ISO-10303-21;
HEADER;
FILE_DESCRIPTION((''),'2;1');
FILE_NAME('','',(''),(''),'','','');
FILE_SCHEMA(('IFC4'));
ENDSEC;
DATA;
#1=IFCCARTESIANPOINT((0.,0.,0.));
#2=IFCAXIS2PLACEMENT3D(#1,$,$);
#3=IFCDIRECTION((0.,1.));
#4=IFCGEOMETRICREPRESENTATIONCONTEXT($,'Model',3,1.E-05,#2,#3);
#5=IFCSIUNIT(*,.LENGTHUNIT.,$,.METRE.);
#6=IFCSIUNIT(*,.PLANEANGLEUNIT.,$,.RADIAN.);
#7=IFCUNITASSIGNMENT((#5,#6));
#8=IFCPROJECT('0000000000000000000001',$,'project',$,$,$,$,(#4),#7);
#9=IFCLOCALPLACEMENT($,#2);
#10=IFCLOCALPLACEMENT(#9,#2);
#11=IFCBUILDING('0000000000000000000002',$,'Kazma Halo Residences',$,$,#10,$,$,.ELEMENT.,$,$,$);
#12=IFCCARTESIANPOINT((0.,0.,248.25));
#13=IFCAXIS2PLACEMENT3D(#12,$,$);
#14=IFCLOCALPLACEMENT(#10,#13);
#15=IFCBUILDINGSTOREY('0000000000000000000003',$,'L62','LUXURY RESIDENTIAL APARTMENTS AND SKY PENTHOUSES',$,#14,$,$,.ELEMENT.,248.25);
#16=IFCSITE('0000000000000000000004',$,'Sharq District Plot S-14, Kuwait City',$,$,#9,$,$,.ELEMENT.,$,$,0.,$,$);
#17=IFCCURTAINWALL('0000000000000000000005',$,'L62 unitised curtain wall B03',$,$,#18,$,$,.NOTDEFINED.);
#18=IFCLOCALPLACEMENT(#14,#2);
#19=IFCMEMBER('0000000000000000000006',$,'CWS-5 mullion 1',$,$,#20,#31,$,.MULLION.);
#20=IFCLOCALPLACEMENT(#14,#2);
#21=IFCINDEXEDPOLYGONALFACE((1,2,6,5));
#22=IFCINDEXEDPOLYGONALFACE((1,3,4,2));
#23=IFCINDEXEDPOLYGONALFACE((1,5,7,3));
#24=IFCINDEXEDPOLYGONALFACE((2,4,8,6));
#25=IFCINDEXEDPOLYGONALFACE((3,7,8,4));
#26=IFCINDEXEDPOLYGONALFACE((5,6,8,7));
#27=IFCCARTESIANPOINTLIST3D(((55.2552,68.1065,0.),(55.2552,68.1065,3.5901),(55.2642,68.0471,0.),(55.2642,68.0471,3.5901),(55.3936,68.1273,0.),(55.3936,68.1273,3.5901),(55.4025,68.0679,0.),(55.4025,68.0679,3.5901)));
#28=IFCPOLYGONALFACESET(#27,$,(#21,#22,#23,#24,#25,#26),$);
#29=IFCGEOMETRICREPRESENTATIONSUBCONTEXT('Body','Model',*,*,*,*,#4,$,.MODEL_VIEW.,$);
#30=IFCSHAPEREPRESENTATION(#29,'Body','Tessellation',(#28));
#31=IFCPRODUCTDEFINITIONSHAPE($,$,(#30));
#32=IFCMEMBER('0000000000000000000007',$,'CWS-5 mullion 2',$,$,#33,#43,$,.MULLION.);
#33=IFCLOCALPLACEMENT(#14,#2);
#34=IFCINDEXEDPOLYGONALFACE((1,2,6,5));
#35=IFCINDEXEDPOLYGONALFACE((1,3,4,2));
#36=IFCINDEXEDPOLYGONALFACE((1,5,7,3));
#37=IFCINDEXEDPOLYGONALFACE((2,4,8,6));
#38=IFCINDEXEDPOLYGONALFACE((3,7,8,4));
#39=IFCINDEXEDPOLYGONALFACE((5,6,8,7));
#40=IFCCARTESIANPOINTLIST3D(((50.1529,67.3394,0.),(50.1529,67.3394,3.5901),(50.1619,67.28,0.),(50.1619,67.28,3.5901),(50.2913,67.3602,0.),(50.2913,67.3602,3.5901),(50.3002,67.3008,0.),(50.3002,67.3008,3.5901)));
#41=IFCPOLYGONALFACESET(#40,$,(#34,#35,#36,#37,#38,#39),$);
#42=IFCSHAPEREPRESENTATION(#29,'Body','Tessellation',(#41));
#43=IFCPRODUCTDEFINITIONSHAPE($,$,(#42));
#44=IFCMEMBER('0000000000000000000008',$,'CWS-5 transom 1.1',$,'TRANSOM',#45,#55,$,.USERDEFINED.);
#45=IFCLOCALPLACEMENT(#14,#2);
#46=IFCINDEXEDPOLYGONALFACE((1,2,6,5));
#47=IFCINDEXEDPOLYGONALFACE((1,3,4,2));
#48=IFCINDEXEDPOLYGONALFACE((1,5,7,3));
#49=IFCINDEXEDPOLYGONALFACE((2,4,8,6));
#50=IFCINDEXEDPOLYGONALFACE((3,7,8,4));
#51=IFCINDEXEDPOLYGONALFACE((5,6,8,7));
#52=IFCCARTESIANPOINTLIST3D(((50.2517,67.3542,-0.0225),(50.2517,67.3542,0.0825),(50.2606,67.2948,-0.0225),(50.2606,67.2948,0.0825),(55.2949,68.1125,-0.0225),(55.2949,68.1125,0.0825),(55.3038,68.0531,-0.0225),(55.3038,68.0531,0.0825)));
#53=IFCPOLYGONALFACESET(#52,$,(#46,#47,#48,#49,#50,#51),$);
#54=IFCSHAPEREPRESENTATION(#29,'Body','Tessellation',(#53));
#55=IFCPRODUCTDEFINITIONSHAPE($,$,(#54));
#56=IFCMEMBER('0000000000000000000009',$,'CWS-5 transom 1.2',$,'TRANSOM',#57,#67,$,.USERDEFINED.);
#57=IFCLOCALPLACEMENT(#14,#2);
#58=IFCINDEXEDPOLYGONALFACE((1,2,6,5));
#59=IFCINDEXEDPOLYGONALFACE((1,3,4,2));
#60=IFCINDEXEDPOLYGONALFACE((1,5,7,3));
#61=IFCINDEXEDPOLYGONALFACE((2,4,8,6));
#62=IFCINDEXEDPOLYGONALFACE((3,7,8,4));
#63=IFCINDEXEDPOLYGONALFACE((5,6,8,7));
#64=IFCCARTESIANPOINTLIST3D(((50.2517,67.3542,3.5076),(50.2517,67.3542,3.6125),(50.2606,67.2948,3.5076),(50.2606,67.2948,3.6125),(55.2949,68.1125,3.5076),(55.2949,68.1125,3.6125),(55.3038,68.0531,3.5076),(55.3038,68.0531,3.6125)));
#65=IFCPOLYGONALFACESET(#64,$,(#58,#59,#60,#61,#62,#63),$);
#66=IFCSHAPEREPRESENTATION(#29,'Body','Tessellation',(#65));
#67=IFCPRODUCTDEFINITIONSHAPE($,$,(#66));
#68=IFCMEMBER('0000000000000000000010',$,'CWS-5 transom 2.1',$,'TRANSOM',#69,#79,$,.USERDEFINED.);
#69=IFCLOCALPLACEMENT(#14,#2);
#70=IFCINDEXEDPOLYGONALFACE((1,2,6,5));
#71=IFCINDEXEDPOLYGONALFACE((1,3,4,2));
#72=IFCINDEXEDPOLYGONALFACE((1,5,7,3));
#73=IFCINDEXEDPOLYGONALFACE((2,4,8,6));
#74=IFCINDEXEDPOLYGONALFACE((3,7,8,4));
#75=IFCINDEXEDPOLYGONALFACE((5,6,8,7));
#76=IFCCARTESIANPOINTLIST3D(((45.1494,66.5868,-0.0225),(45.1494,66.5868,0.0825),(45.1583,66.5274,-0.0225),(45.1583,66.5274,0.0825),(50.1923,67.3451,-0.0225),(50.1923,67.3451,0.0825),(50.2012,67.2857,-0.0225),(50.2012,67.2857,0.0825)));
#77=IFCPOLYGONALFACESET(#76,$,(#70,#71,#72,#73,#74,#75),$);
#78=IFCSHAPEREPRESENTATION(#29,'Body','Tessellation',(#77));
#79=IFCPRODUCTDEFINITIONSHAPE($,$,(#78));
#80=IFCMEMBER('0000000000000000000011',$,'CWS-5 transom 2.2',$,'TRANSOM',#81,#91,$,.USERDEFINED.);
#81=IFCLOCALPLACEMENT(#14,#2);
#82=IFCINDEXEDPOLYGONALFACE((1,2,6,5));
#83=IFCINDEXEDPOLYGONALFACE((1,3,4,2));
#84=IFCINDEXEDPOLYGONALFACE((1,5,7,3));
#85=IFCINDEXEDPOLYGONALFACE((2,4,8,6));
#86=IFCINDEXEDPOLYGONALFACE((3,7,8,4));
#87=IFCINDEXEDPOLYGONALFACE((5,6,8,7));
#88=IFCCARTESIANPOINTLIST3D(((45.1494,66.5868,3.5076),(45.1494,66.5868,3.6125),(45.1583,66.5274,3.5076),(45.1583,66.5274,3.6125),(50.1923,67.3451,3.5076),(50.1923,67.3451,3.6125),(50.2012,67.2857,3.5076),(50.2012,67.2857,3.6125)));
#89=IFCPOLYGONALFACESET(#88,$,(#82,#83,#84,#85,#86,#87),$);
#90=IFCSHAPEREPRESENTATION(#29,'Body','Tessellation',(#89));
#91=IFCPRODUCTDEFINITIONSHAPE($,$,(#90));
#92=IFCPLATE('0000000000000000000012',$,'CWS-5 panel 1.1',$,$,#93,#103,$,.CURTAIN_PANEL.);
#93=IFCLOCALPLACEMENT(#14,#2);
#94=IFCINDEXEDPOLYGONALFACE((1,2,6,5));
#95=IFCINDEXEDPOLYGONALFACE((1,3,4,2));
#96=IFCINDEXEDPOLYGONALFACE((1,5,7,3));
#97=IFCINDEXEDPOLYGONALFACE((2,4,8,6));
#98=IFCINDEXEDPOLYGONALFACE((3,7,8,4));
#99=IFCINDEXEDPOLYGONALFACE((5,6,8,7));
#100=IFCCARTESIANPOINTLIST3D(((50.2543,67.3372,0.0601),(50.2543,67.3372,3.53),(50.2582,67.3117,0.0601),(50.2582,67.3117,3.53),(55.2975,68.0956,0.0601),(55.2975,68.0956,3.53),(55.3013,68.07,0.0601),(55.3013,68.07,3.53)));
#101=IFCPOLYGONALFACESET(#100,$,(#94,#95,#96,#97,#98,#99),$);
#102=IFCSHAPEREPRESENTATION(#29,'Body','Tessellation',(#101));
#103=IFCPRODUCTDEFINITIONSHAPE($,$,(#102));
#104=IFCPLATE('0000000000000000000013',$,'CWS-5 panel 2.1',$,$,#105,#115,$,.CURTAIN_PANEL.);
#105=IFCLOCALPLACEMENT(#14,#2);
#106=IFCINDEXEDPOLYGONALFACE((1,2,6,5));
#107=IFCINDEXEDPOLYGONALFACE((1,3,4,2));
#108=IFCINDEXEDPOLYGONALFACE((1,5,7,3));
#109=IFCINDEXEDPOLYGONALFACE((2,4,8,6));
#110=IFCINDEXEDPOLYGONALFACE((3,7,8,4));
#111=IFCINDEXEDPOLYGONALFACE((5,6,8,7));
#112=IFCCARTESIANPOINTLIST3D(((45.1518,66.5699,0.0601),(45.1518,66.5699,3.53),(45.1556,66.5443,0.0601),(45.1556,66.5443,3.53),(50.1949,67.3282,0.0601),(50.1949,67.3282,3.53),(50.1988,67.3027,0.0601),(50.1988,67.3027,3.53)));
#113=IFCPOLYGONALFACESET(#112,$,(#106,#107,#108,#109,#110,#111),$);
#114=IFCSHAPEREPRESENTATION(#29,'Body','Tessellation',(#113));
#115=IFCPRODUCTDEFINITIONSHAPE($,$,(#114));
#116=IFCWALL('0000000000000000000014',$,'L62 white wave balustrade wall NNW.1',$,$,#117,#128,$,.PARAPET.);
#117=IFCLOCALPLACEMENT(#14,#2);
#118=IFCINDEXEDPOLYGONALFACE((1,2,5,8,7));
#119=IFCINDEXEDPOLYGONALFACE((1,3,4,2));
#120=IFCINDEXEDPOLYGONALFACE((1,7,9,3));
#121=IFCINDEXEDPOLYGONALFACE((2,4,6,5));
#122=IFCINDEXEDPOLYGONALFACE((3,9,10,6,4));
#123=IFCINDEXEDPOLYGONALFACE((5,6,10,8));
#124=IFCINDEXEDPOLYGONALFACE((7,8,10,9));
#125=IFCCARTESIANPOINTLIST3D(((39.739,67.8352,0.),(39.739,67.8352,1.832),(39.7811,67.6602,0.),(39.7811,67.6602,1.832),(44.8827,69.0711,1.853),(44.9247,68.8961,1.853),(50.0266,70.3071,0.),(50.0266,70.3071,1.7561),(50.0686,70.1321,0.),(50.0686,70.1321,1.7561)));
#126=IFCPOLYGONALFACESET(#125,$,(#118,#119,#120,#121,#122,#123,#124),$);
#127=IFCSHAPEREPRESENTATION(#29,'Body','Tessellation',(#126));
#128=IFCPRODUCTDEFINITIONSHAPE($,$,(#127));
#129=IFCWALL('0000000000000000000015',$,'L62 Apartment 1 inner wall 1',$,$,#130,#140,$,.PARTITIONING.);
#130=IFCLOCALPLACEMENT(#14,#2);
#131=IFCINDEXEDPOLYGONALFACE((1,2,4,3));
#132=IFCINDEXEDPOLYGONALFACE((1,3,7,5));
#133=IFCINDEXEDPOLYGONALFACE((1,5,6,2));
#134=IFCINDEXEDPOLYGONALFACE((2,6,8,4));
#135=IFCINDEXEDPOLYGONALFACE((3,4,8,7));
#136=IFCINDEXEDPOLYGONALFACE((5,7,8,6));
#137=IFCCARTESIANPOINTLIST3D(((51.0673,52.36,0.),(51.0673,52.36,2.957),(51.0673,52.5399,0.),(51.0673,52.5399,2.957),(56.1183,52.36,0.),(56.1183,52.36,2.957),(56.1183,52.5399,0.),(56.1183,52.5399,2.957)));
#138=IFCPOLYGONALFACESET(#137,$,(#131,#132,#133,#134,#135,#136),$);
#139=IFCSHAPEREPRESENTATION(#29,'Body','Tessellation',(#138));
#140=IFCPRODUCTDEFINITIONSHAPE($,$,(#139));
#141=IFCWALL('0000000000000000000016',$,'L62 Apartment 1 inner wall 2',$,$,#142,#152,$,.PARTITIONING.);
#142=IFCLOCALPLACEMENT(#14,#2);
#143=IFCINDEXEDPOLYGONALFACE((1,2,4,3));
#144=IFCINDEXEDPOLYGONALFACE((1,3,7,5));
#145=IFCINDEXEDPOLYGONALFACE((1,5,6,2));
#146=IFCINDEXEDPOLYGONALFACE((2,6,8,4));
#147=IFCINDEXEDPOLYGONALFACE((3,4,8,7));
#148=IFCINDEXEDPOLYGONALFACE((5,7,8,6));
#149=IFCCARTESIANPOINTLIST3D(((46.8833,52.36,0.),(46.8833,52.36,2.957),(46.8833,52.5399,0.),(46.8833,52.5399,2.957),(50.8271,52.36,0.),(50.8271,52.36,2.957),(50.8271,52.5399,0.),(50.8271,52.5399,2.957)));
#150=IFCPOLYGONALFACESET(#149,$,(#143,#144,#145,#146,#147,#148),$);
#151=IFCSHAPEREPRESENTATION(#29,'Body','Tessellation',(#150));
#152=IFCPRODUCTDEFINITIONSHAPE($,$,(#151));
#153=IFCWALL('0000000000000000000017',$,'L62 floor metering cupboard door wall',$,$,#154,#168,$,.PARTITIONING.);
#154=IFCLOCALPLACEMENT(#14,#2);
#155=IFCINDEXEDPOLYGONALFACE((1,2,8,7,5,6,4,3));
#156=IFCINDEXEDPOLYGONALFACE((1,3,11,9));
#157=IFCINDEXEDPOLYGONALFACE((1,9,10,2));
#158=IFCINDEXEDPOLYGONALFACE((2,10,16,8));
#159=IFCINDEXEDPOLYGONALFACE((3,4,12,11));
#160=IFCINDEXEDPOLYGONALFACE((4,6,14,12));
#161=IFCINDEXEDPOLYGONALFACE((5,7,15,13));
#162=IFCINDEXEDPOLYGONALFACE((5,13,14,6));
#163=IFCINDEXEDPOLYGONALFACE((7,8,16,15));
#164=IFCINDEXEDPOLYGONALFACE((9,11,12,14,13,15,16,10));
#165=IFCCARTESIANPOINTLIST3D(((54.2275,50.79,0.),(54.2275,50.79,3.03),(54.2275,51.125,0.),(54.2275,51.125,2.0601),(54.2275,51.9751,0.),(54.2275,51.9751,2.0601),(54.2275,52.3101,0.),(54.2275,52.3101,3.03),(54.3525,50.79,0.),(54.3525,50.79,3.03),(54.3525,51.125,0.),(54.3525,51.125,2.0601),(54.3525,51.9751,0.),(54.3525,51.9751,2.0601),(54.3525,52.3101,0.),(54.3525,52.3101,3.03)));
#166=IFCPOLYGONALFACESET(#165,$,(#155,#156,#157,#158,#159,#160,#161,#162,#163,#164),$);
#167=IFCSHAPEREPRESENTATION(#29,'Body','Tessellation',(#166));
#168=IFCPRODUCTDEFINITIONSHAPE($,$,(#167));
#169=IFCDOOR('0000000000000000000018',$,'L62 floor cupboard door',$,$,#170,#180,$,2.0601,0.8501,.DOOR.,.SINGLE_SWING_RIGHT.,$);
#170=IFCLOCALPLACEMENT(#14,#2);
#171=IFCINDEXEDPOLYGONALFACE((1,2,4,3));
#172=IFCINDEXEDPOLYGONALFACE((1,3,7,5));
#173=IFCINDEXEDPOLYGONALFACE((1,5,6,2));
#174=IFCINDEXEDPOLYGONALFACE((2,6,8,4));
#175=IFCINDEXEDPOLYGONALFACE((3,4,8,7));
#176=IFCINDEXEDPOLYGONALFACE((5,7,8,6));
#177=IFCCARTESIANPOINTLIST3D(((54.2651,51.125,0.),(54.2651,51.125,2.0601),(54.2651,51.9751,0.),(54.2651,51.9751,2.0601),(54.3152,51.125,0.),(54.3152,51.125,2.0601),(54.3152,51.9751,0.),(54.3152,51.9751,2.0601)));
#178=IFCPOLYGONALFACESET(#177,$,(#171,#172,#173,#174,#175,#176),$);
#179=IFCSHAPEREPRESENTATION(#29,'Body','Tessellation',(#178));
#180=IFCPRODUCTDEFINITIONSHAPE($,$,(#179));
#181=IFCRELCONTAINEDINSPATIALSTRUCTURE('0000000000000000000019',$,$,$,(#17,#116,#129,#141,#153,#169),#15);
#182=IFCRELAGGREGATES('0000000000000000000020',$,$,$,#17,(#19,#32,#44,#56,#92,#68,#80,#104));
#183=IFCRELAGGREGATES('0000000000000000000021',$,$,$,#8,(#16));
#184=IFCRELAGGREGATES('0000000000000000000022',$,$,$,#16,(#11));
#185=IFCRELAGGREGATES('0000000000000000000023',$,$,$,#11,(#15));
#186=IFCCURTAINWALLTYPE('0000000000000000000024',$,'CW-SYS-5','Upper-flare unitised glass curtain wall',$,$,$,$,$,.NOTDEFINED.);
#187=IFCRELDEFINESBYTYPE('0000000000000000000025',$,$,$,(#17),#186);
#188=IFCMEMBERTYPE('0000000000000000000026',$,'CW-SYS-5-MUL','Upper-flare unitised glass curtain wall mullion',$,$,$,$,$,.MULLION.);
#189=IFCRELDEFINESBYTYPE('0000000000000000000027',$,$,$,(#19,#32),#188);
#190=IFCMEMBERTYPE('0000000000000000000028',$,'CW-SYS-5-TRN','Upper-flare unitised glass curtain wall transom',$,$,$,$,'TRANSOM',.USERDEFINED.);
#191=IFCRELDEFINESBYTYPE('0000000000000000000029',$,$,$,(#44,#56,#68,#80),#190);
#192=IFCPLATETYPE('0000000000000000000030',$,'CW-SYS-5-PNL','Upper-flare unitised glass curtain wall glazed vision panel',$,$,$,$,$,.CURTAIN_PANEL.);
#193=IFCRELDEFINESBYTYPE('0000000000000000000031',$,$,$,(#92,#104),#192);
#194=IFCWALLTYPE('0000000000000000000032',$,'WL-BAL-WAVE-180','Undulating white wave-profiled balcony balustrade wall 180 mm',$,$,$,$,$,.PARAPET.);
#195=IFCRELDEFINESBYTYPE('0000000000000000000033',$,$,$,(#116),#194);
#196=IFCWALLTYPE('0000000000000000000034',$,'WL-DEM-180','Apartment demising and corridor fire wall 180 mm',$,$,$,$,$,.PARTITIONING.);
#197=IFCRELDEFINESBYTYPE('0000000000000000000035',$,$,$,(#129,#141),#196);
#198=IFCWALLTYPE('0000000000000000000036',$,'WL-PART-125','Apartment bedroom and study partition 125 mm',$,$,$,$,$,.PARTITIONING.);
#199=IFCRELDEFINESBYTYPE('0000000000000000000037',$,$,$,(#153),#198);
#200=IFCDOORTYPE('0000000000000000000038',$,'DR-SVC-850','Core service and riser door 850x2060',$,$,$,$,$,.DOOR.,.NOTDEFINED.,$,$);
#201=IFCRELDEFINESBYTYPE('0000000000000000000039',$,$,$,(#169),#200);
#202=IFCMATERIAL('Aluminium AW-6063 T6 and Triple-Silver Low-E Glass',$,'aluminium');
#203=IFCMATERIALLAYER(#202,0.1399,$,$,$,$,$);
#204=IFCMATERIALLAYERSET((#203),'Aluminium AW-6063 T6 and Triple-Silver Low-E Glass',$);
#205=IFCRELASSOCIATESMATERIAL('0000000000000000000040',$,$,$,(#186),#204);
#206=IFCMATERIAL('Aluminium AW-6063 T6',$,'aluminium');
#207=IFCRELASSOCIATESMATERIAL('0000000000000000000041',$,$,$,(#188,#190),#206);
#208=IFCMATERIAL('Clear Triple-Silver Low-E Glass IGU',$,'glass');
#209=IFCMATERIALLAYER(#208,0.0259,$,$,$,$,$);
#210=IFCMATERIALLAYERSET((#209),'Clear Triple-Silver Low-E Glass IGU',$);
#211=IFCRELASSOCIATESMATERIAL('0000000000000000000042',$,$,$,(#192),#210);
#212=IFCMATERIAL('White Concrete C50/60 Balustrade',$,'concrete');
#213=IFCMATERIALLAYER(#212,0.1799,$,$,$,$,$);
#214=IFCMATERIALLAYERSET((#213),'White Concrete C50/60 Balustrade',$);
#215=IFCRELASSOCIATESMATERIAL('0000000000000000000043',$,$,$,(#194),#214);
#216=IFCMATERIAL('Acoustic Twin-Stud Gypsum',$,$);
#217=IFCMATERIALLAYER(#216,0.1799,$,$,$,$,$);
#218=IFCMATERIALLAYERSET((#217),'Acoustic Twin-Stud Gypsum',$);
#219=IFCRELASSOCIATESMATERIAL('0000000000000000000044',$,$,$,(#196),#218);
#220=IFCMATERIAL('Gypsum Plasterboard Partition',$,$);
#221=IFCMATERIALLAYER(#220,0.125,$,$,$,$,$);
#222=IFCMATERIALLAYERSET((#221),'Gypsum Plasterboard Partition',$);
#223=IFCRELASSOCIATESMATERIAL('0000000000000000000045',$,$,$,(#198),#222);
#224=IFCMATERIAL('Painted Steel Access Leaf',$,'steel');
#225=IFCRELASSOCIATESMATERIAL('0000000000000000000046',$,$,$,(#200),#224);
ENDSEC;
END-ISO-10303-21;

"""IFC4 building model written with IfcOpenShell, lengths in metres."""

from ifc_helpers import new_model, si_unit, direction, frame, frame_2d, origin, origin_2d, place, context, subcontext, project, spatial, polyline, rectangle, outline, extrude, material, layer, layer_set, material_profile, profile_set, type_object, element, fill, aggregate, save


model = new_model("IFC4")

# Units and contexts
model_context = context("Model", 3, precision=1e-05, world=origin(), true_north=direction((0.0, 1.0)))
body_context = subcontext(model_context, "Body", "Model", "MODEL_VIEW")
ifc_project = project(units=[si_unit("LENGTHUNIT", "METRE"), si_unit("PLANEANGLEUNIT", "RADIAN")], contexts=[model_context])

# Site, building, storey
site_placement = place(None, origin())
site = spatial("IfcSite", under=ifc_project, at=site_placement, Name="Sharq District Plot S-14, Kuwait City", CompositionType="ELEMENT", RefElevation=0.0)
building_placement = place(site_placement, origin())
building = spatial("IfcBuilding", under=site, at=building_placement, Name="Kazma Halo Residences", CompositionType="ELEMENT")
storey_placement = place(building_placement, frame((0.0, 0.0, 248.25)))
storey = spatial("IfcBuildingStorey", under=building, at=storey_placement, Name="L62", Description="LUXURY RESIDENTIAL APARTMENTS AND SKY PENTHOUSES", CompositionType="ELEMENT", Elevation=248.25)

# Curtain wall, members, plates
ifc_material_1 = material(Name="Aluminium AW-6063 T6 and Triple-Silver Low-E Glass", Category="aluminium")
ifc_layer_1 = layer(ifc_material_1, 0.1399)
ifc_layer_set_1 = layer_set([ifc_layer_1], Name="Aluminium AW-6063 T6 and Triple-Silver Low-E Glass")
curtain_wall_type = type_object("IfcCurtainWallType", Name="CW-SYS-5", Description="Upper-flare unitised glass curtain wall", PredefinedType="NOTDEFINED", material=ifc_layer_set_1)
curtain_wall_placement = place(storey_placement, origin())
curtain_wall = element("IfcCurtainWall", 1, at=curtain_wall_placement, inside=storey, type_object=curtain_wall_type, Name="L62 unitised curtain wall B03", PredefinedType="NOTDEFINED")
ifc_material_2 = material(Name="Aluminium AW-6063 T6", Category="aluminium")
ifc_material_profile_1 = material_profile(ifc_material_2, rectangle(XDim=0.0601, YDim=0.1399, at=origin_2d()), Name="CWM-60x140")
ifc_profile_set_1 = profile_set([ifc_material_profile_1], Name="Aluminium AW-6063 T6")
member_type_1 = type_object("IfcMemberType", Name="CW-SYS-5-MUL", Description="Upper-flare unitised glass curtain wall mullion", PredefinedType="MULLION", material=ifc_profile_set_1)
member_1_placement = place(storey_placement, frame((55.3289, 68.0872, 0.0), z_axis=(0.0, 0.0, 1.0), x_axis=(0.148697, -0.988883, 0.0)))
member_1 = element("IfcMember", 2, at=member_1_placement, type_object=member_type_1, Name="CWS-5 mullion 1", PredefinedType="MULLION", context=body_context, shape_type="SweptSolid", body=[
    extrude(rectangle(XDim=0.0601, YDim=0.1399, at=origin_2d()), origin(), (0.0, 0.0, 1.0), 3.5901),
])
member_2_placement = place(storey_placement, frame((50.2266, 67.3201, 0.0), z_axis=(0.0, 0.0, 1.0), x_axis=(0.148697, -0.988883, 0.0)))
member_2 = element("IfcMember", 3, at=member_2_placement, type_object=member_type_1, Name="CWS-5 mullion 2", PredefinedType="MULLION", context=body_context, shape_type="SweptSolid", body=[
    extrude(rectangle(XDim=0.0601, YDim=0.1399, at=origin_2d()), origin(), (0.0, 0.0, 1.0), 3.5901),
])
ifc_material_profile_2 = material_profile(ifc_material_2, rectangle(XDim=0.0601, YDim=0.105, at=origin_2d()), Name="CWT-60x105")
ifc_profile_set_2 = profile_set([ifc_material_profile_2], Name="Aluminium AW-6063 T6")
member_type_2 = type_object("IfcMemberType", Name="CW-SYS-5-TRN", Description="Upper-flare unitised glass curtain wall transom", ElementType="TRANSOM", PredefinedType="USERDEFINED", material=ifc_profile_set_2)
member_3_placement = place(storey_placement, frame((55.2993, 68.0828, 0.03), z_axis=(-0.988884, -0.148689, 0.0), x_axis=(0.148689, -0.988884, 0.0)))
member_3 = element("IfcMember", 4, at=member_3_placement, type_object=member_type_2, Name="CWS-5 transom 1.1", ObjectType="TRANSOM", PredefinedType="USERDEFINED", context=body_context, shape_type="SweptSolid", body=[
    extrude(rectangle(XDim=0.0601, YDim=0.105, at=origin_2d()), origin(), (0.0, 0.0, 1.0), 5.0999),
])
member_4_placement = place(storey_placement, frame((55.2993, 68.0828, 3.5601), z_axis=(-0.988884, -0.148689, 0.0), x_axis=(0.148689, -0.988884, 0.0)))
member_4 = element("IfcMember", 5, at=member_4_placement, type_object=member_type_2, Name="CWS-5 transom 1.2", ObjectType="TRANSOM", PredefinedType="USERDEFINED", context=body_context, shape_type="SweptSolid", body=[
    extrude(rectangle(XDim=0.0601, YDim=0.105, at=origin_2d()), origin(), (0.0, 0.0, 1.0), 5.0999),
])
member_5_placement = place(storey_placement, frame((50.1968, 67.3154, 0.03), z_axis=(-0.988883, -0.148696, 0.0), x_axis=(0.148696, -0.988883, 0.0)))
member_5 = element("IfcMember", 6, at=member_5_placement, type_object=member_type_2, Name="CWS-5 transom 2.1", ObjectType="TRANSOM", PredefinedType="USERDEFINED", context=body_context, shape_type="SweptSolid", body=[
    extrude(rectangle(XDim=0.0601, YDim=0.105, at=origin_2d()), origin(), (0.0, 0.0, 1.0), 5.0996),
])
member_6_placement = place(storey_placement, frame((50.1968, 67.3154, 3.5601), z_axis=(-0.988883, -0.148696, 0.0), x_axis=(0.148696, -0.988883, 0.0)))
member_6 = element("IfcMember", 7, at=member_6_placement, type_object=member_type_2, Name="CWS-5 transom 2.2", ObjectType="TRANSOM", PredefinedType="USERDEFINED", context=body_context, shape_type="SweptSolid", body=[
    extrude(rectangle(XDim=0.0601, YDim=0.105, at=origin_2d()), origin(), (0.0, 0.0, 1.0), 5.0996),
])
ifc_material_3 = material(Name="Clear Triple-Silver Low-E Glass IGU", Category="glass")
ifc_layer_2 = layer(ifc_material_3, 0.0259)
ifc_layer_set_2 = layer_set([ifc_layer_2], Name="Clear Triple-Silver Low-E Glass IGU")
plate_type = type_object("IfcPlateType", Name="CW-SYS-5-PNL", Description="Upper-flare unitised glass curtain wall glazed vision panel", PredefinedType="CURTAIN_PANEL", material=ifc_layer_set_2)
plate_1_placement = place(storey_placement, frame((52.7778, 67.7036, 0.0601), z_axis=(0.0, 0.0, 1.0), x_axis=(-0.988883, -0.148697, 0.0)))
plate_1 = element("IfcPlate", 8, at=plate_1_placement, type_object=plate_type, Name="CWS-5 panel 1.1", PredefinedType="CURTAIN_PANEL", context=body_context, shape_type="SweptSolid", body=[
    extrude(rectangle(XDim=5.0999, YDim=0.0259, at=origin_2d()), origin(), (0.0, 0.0, 1.0), 3.47),
])
plate_2_placement = place(storey_placement, frame((47.6753, 66.9363, 0.0601), z_axis=(0.0, 0.0, 1.0), x_axis=(-0.988883, -0.148697, 0.0)))
plate_2 = element("IfcPlate", 9, at=plate_2_placement, type_object=plate_type, Name="CWS-5 panel 2.1", PredefinedType="CURTAIN_PANEL", context=body_context, shape_type="SweptSolid", body=[
    extrude(rectangle(XDim=5.0999, YDim=0.0259, at=origin_2d()), origin(), (0.0, 0.0, 1.0), 3.47),
])
aggregate(curtain_wall, [member_1, member_2, member_3, member_4, plate_1, member_5, member_6, plate_2])

# Walls
ifc_material_4 = material(Name="White Concrete C50/60 Balustrade", Category="concrete")
ifc_layer_3 = layer(ifc_material_4, 0.1799)
ifc_layer_set_3 = layer_set([ifc_layer_3], Name="White Concrete C50/60 Balustrade")
wall_type_1 = type_object("IfcWallType", Name="WL-BAL-WAVE-180", Description="Undulating white wave-profiled balcony balustrade wall 180 mm", PredefinedType="PARAPET", material=ifc_layer_set_3)
wall_1_placement = place(storey_placement, frame((50.0476, 70.2195, 0.0), z_axis=(0.0, 0.0, 1.0), x_axis=(-0.972325, -0.233632, 0.0)))
element("IfcWall", 10, at=wall_1_placement, inside=storey, type_object=wall_type_1, Name="L62 white wave balustrade wall NNW.1", PredefinedType="PARAPET", context=body_context, shape_type="SweptSolid", body=[
    extrude(outline(polyline([(0.0, 0.0), (10.5803, 0.0), (10.5803, 1.832), (5.2903, 1.853), (0.0, 1.7561), (0.0, 0.0)])), frame((0.0, 0.0898, 0.0), z_axis=(0.0, -1.0, 0.0), x_axis=(1.0, 0.0, 0.0)), (0.0, 0.0, 1.0), 0.1799),
])
ifc_material_5 = material(Name="Acoustic Twin-Stud Gypsum")
ifc_layer_4 = layer(ifc_material_5, 0.1799)
ifc_layer_set_4 = layer_set([ifc_layer_4], Name="Acoustic Twin-Stud Gypsum")
wall_type_2 = type_object("IfcWallType", Name="WL-DEM-180", Description="Apartment demising and corridor fire wall 180 mm", PredefinedType="PARTITIONING", material=ifc_layer_set_4)
wall_2_placement = place(storey_placement, frame((56.1182, 52.45, 0.0), z_axis=(0.0, 0.0, 1.0), x_axis=(-1.0, 0.0, 0.0)))
element("IfcWall", 11, at=wall_2_placement, inside=storey, type_object=wall_type_2, Name="L62 Apartment 1 inner wall 1", PredefinedType="PARTITIONING", context=body_context, shape_type="SweptSolid", body=[
    extrude(rectangle(XDim=5.051, YDim=0.1799, at=frame_2d((2.5254, 0.0))), origin(), (0.0, 0.0, 1.0), 2.957),
])
wall_3_placement = place(storey_placement, frame((50.8271, 52.45, 0.0), z_axis=(0.0, 0.0, 1.0), x_axis=(-1.0, 0.0, 0.0)))
element("IfcWall", 12, at=wall_3_placement, inside=storey, type_object=wall_type_2, Name="L62 Apartment 1 inner wall 2", PredefinedType="PARTITIONING", context=body_context, shape_type="SweptSolid", body=[
    extrude(rectangle(XDim=3.9438, YDim=0.1799, at=frame_2d((1.9719, 0.0))), origin(), (0.0, 0.0, 1.0), 2.957),
])

# Wall, opening, door
ifc_material_6 = material(Name="Gypsum Plasterboard Partition")
ifc_layer_5 = layer(ifc_material_6, 0.125)
ifc_layer_set_5 = layer_set([ifc_layer_5], Name="Gypsum Plasterboard Partition")
wall_type_3 = type_object("IfcWallType", Name="WL-PART-125", Description="Apartment bedroom and study partition 125 mm", PredefinedType="PARTITIONING", material=ifc_layer_set_5)
wall_4_placement = place(storey_placement, frame((54.29, 50.79, 0.0), z_axis=(0.0, 0.0, 1.0), x_axis=(0.0, 1.0, 0.0)))
wall_4 = element("IfcWall", 13, at=wall_4_placement, inside=storey, type_object=wall_type_3, Name="L62 floor metering cupboard door wall", PredefinedType="PARTITIONING", context=body_context, shape_type="SweptSolid", body=[
    extrude(rectangle(XDim=1.52, YDim=0.125, at=frame_2d((0.76, 0.0))), origin(), (0.0, 0.0, 1.0), 3.03),
])
opening_1_placement = place(wall_4_placement, frame((0.335, 0.0, 0.0)))
opening_1 = element("IfcOpeningElement", 14, at=opening_1_placement, cuts=wall_4, PredefinedType="OPENING", context=body_context, shape_type="SweptSolid", body=[
    extrude(rectangle(XDim=0.8501, YDim=2.0601, at=frame_2d((0.425, 1.03))), frame((0.0, 0.0725, 0.0), z_axis=(0.0, -1.0, 0.0), x_axis=(1.0, 0.0, 0.0)), (0.0, 0.0, 1.0), 0.145),
])
ifc_material_7 = material(Name="Painted Steel Access Leaf", Category="steel")
door_type_1 = type_object("IfcDoorType", Name="DR-SVC-850", Description="Core service and riser door 850x2060", OperationType="NOTDEFINED", PredefinedType="DOOR", material=ifc_material_7)
door_1_placement = place(opening_1_placement, origin())
door_1 = element("IfcDoor", 15, at=door_1_placement, inside=storey, type_object=door_type_1, Name="L62 floor cupboard door", OperationType="SINGLE_SWING_RIGHT", OverallHeight=2.0601, OverallWidth=0.8501, PredefinedType="DOOR", context=body_context, shape_type="SweptSolid", body=[
    extrude(rectangle(XDim=0.8501, YDim=2.0601, at=frame_2d((0.425, 1.03))), frame((0.0, 0.0249, 0.0), z_axis=(0.0, -1.0, 0.0), x_axis=(1.0, 0.0, 0.0)), (0.0, 0.0, 1.0), 0.05),
])
fill(opening_1, door_1)

save(model, "model.ifc")
